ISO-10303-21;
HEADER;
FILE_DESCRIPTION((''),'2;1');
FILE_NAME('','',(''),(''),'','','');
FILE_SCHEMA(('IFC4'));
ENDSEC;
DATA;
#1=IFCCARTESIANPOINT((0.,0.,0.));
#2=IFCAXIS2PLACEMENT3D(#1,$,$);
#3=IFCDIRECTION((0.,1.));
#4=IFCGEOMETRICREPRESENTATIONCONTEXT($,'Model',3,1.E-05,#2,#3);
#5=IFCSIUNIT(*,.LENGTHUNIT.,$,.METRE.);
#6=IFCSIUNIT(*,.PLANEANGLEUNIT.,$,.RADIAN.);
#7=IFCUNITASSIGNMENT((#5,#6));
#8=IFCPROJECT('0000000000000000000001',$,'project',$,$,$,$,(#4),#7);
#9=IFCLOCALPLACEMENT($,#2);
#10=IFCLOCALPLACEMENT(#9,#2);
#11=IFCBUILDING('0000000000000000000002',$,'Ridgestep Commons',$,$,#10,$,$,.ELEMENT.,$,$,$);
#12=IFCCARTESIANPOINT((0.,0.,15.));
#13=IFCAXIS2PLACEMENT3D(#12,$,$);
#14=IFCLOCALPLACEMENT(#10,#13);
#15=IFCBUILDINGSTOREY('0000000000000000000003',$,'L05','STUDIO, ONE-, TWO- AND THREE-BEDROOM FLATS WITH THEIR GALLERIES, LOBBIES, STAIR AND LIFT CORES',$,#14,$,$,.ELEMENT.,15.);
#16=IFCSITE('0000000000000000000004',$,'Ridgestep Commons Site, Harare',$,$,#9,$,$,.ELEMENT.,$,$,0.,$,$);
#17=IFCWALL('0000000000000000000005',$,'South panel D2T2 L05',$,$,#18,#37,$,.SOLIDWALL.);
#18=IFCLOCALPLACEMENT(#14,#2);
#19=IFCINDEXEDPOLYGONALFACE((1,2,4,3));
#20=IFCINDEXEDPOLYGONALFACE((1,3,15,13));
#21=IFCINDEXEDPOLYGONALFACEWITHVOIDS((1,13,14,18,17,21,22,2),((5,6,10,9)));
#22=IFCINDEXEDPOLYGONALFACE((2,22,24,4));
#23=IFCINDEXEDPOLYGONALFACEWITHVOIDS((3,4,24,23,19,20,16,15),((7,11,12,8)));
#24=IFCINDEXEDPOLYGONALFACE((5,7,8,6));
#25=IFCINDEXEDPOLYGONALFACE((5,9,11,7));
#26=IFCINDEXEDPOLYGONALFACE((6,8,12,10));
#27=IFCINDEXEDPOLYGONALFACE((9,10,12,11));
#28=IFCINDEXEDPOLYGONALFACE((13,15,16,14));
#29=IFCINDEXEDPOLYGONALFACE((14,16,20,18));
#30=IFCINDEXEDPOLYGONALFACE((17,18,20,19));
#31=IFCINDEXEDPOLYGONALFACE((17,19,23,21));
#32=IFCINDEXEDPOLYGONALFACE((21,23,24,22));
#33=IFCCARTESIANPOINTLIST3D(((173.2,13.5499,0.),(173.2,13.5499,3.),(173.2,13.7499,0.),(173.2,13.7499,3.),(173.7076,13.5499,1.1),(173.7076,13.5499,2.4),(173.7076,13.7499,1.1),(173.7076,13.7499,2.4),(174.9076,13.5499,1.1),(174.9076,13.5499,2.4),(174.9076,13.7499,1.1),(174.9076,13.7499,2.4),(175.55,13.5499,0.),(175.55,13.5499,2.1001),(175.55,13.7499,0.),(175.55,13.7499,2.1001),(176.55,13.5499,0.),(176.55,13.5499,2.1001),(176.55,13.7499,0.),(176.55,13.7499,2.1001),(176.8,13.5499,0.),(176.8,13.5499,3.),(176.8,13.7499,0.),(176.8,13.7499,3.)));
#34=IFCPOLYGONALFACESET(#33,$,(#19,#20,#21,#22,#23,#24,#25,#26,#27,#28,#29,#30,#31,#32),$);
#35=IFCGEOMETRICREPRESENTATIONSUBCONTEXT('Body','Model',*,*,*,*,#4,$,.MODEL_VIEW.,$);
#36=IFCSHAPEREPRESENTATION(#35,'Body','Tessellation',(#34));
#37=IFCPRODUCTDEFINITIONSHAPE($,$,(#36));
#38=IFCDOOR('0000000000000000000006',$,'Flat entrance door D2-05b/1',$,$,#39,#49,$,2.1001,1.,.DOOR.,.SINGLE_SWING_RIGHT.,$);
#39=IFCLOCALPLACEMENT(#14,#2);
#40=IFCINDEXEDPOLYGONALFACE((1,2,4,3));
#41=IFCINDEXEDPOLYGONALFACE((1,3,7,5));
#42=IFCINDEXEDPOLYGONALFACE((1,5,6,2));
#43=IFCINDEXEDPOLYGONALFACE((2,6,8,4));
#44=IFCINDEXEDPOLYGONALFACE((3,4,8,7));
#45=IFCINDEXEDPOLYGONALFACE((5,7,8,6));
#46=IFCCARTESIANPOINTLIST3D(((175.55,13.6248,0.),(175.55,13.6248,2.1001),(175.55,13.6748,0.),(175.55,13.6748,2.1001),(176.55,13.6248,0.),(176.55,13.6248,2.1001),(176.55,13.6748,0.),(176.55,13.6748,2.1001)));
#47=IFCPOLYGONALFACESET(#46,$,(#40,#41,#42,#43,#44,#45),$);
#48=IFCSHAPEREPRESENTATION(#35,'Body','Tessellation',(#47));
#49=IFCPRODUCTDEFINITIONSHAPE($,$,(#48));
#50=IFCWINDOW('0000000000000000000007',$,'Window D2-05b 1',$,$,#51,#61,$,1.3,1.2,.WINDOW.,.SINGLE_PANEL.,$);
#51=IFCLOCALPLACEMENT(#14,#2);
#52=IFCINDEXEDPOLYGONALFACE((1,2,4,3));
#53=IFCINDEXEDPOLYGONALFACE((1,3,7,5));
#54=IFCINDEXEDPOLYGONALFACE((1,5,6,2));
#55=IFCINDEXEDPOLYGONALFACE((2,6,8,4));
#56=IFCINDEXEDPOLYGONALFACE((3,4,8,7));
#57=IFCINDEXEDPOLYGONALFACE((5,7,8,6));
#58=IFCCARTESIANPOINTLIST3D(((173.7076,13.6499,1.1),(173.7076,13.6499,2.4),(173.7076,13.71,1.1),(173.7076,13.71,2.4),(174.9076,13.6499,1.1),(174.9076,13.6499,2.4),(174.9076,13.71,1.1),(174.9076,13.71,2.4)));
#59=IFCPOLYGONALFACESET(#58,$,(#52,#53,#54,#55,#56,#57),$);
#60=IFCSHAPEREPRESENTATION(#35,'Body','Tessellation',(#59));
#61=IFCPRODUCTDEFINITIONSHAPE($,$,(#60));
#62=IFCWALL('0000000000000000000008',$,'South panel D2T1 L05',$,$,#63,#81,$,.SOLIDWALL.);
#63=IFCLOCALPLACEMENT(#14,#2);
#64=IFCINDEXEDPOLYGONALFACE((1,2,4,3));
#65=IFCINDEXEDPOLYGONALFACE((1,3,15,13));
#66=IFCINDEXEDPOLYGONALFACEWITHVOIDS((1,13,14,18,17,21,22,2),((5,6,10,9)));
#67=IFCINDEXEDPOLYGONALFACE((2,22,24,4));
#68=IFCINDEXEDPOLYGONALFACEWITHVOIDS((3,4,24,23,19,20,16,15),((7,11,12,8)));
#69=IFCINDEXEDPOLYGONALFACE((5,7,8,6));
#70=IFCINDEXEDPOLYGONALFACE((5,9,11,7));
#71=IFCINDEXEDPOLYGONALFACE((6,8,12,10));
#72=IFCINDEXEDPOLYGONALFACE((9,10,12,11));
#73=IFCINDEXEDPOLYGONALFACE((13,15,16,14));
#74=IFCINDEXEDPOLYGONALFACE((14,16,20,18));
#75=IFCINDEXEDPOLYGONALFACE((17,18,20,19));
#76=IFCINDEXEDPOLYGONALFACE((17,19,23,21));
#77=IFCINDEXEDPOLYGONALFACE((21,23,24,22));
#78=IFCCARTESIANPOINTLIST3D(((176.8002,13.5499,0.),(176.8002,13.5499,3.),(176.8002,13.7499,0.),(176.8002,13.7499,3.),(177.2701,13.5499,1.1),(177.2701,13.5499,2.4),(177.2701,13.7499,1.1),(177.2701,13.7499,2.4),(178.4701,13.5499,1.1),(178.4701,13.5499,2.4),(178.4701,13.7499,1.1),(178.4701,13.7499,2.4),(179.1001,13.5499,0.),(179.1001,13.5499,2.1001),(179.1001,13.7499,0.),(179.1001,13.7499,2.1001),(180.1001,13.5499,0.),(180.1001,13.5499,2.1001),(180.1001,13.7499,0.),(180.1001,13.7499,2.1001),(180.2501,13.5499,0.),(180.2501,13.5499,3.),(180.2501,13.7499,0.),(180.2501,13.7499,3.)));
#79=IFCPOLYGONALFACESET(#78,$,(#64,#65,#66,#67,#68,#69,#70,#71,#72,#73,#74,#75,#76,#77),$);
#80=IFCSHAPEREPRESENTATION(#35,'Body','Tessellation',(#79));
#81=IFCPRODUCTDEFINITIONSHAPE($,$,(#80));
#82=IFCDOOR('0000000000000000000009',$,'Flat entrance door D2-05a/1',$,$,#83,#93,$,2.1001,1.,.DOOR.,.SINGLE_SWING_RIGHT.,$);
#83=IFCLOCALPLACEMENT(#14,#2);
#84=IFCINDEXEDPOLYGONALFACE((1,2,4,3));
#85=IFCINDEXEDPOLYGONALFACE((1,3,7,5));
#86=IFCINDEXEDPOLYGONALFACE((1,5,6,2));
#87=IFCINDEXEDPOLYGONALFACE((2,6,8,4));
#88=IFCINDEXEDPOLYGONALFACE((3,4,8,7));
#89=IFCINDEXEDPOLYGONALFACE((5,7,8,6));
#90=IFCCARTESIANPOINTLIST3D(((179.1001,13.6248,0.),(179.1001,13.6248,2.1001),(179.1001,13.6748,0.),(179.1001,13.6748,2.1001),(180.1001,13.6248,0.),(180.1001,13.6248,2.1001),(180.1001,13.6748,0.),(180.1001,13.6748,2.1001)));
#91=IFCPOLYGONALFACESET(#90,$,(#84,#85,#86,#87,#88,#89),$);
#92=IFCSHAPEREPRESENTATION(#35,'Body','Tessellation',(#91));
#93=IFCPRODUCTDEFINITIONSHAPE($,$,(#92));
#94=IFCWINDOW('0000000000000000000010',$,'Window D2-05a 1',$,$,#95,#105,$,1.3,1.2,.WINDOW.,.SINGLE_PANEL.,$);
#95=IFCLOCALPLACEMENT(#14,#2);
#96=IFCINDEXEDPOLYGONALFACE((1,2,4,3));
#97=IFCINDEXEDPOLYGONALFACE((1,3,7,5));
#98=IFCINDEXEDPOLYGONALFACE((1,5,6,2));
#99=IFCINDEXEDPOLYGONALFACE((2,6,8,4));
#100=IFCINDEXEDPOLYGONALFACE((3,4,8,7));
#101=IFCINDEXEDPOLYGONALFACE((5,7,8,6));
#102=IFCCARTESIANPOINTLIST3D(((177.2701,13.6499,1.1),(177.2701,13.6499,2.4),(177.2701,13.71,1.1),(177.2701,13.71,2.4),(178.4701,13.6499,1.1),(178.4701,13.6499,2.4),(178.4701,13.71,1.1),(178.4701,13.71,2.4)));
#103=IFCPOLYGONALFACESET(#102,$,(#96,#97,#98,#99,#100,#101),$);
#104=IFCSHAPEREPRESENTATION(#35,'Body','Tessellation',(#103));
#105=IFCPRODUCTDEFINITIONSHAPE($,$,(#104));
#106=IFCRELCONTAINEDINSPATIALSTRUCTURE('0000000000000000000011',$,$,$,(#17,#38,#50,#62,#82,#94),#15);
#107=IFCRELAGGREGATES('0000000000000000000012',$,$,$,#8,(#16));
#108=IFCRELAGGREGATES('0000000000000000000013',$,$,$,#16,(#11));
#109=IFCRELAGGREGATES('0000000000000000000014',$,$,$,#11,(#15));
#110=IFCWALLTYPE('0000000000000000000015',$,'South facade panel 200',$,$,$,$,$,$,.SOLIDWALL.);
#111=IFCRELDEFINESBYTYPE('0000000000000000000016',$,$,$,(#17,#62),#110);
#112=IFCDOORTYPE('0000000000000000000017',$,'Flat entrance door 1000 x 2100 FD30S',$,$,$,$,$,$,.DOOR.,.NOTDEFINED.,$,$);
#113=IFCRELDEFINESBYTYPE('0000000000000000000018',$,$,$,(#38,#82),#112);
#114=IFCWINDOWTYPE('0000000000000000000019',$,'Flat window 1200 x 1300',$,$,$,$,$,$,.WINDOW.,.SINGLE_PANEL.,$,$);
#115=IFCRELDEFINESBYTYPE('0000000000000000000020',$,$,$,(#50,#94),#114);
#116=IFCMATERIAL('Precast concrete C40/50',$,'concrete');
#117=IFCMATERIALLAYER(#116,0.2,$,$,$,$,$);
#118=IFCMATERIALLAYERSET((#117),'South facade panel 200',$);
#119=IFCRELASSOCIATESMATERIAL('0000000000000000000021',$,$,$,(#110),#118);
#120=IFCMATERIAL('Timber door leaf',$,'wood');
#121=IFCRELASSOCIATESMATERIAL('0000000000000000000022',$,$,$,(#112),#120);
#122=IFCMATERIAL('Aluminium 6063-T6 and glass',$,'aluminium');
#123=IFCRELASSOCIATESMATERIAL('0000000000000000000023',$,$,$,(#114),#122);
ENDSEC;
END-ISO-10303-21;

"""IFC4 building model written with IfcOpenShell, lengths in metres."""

from ifc_helpers import new_model, si_unit, direction, frame, frame_2d, origin, place, context, subcontext, project, spatial, rectangle, extrude, material, layer, layer_set, type_object, element, fill, save


model = new_model("IFC4")

# Units and contexts
model_context = context("Model", 3, precision=1e-05, world=origin(), true_north=direction((0.0, 1.0)))
body_context = subcontext(model_context, "Body", "Model", "MODEL_VIEW")
ifc_project = project(units=[si_unit("LENGTHUNIT", "METRE"), si_unit("PLANEANGLEUNIT", "RADIAN")], contexts=[model_context])

# Site, building, storey
site_placement = place(None, origin())
site = spatial("IfcSite", under=ifc_project, at=site_placement, Name="Ridgestep Commons Site, Harare", CompositionType="ELEMENT", RefElevation=0.0)
building_placement = place(site_placement, origin())
building = spatial("IfcBuilding", under=site, at=building_placement, Name="Ridgestep Commons", CompositionType="ELEMENT")
storey_placement = place(building_placement, frame((0.0, 0.0, 15.0)))
storey = spatial("IfcBuildingStorey", under=building, at=storey_placement, Name="L05", Description="STUDIO, ONE-, TWO- AND THREE-BEDROOM FLATS WITH THEIR GALLERIES, LOBBIES, STAIR AND LIFT CORES", CompositionType="ELEMENT", Elevation=15.0)

# Walls, openings, doors, windows
ifc_material_1 = material(Name="Precast concrete C40/50", Category="concrete")
ifc_layer_1 = layer(ifc_material_1, 0.2)
ifc_layer_set_1 = layer_set([ifc_layer_1], Name="South facade panel 200")
wall_type_1 = type_object("IfcWallType", Name="South facade panel 200", PredefinedType="SOLIDWALL", material=ifc_layer_set_1)
wall_1_placement = place(storey_placement, frame((173.2, 13.6499, 0.0), z_axis=(0.0, 0.0, 1.0), x_axis=(1.0, 0.0, 0.0)))
wall_1 = element("IfcWall", 1, at=wall_1_placement, inside=storey, type_object=wall_type_1, Name="South panel D2T2 L05", PredefinedType="SOLIDWALL", context=body_context, shape_type="SweptSolid", body=[
    extrude(rectangle(XDim=3.6001, YDim=0.2, at=frame_2d((1.8, 0.0))), origin(), (0.0, 0.0, 1.0), 3.0),
])
opening_1_placement = place(wall_1_placement, frame((0.5076, 0.0, 1.1001)))
opening_1 = element("IfcOpeningElement", 2, at=opening_1_placement, cuts=wall_1, PredefinedType="OPENING", context=body_context, shape_type="SweptSolid", body=[
    extrude(rectangle(XDim=1.2, YDim=1.3, at=frame_2d((0.6001, 0.6499))), frame((0.0, 0.1099, 0.0), z_axis=(0.0, -1.0, 0.0), x_axis=(1.0, 0.0, 0.0)), (0.0, 0.0, 1.0), 0.22),
])
opening_2_placement = place(wall_1_placement, frame((2.3501, 0.0, 0.0)))
opening_2 = element("IfcOpeningElement", 3, at=opening_2_placement, cuts=wall_1, PredefinedType="OPENING", context=body_context, shape_type="SweptSolid", body=[
    extrude(rectangle(XDim=1.0, YDim=2.1001, at=frame_2d((0.5, 1.05))), frame((0.0, 0.1099, 0.0), z_axis=(0.0, -1.0, 0.0), x_axis=(1.0, 0.0, 0.0)), (0.0, 0.0, 1.0), 0.22),
])
ifc_material_2 = material(Name="Timber door leaf", Category="wood")
door_type_1 = type_object("IfcDoorType", Name="Flat entrance door 1000 x 2100 FD30S", OperationType="NOTDEFINED", PredefinedType="DOOR", material=ifc_material_2)
door_1_placement = place(opening_2_placement, origin())
door_1 = element("IfcDoor", 4, at=door_1_placement, inside=storey, type_object=door_type_1, Name="Flat entrance door D2-05b/1", OperationType="SINGLE_SWING_RIGHT", OverallHeight=2.1001, OverallWidth=1.0, PredefinedType="DOOR", context=body_context, shape_type="SweptSolid", body=[
    extrude(rectangle(XDim=1.0, YDim=2.1001, at=frame_2d((0.5, 1.05))), frame((0.0, 0.0249, 0.0), z_axis=(0.0, -1.0, 0.0), x_axis=(1.0, 0.0, 0.0)), (0.0, 0.0, 1.0), 0.05),
])
fill(opening_2, door_1)
ifc_material_3 = material(Name="Aluminium 6063-T6 and glass", Category="aluminium")
window_type = type_object("IfcWindowType", Name="Flat window 1200 x 1300", PartitioningType="SINGLE_PANEL", PredefinedType="WINDOW", material=ifc_material_3)
window_1_placement = place(opening_1_placement, origin())
window_1 = element("IfcWindow", 5, at=window_1_placement, inside=storey, type_object=window_type, Name="Window D2-05b 1", OverallHeight=1.3, OverallWidth=1.2, PartitioningType="SINGLE_PANEL", PredefinedType="WINDOW", context=body_context, shape_type="SweptSolid", body=[
    extrude(rectangle(XDim=1.2, YDim=1.3, at=frame_2d((0.6001, 0.6499))), frame((0.0, 0.0601, 0.0), z_axis=(0.0, -1.0, 0.0), x_axis=(1.0, 0.0, 0.0)), (0.0, 0.0, 1.0), 0.0601),
])
fill(opening_1, window_1)
wall_2_placement = place(storey_placement, frame((176.8, 13.6499, 0.0), z_axis=(0.0, 0.0, 1.0), x_axis=(1.0, 0.0, 0.0)))
wall_2 = element("IfcWall", 6, at=wall_2_placement, inside=storey, type_object=wall_type_1, Name="South panel D2T1 L05", PredefinedType="SOLIDWALL", context=body_context, shape_type="SweptSolid", body=[
    extrude(rectangle(XDim=3.45, YDim=0.2, at=frame_2d((1.7251, 0.0))), origin(), (0.0, 0.0, 1.0), 3.0),
])
opening_3_placement = place(wall_2_placement, frame((0.47, 0.0, 1.1001)))
opening_3 = element("IfcOpeningElement", 7, at=opening_3_placement, cuts=wall_2, PredefinedType="OPENING", context=body_context, shape_type="SweptSolid", body=[
    extrude(rectangle(XDim=1.2, YDim=1.3, at=frame_2d((0.6001, 0.6499))), frame((0.0, 0.1099, 0.0), z_axis=(0.0, -1.0, 0.0), x_axis=(1.0, 0.0, 0.0)), (0.0, 0.0, 1.0), 0.22),
])
opening_4_placement = place(wall_2_placement, frame((2.3, 0.0, 0.0)))
opening_4 = element("IfcOpeningElement", 8, at=opening_4_placement, cuts=wall_2, PredefinedType="OPENING", context=body_context, shape_type="SweptSolid", body=[
    extrude(rectangle(XDim=1.0, YDim=2.1001, at=frame_2d((0.5, 1.05))), frame((0.0, 0.1099, 0.0), z_axis=(0.0, -1.0, 0.0), x_axis=(1.0, 0.0, 0.0)), (0.0, 0.0, 1.0), 0.22),
])
door_2_placement = place(opening_4_placement, origin())
door_2 = element("IfcDoor", 9, at=door_2_placement, inside=storey, type_object=door_type_1, Name="Flat entrance door D2-05a/1", OperationType="SINGLE_SWING_RIGHT", OverallHeight=2.1001, OverallWidth=1.0, PredefinedType="DOOR", context=body_context, shape_type="SweptSolid", body=[
    extrude(rectangle(XDim=1.0, YDim=2.1001, at=frame_2d((0.5, 1.05))), frame((0.0, 0.0249, 0.0), z_axis=(0.0, -1.0, 0.0), x_axis=(1.0, 0.0, 0.0)), (0.0, 0.0, 1.0), 0.05),
])
fill(opening_4, door_2)
window_2_placement = place(opening_3_placement, origin())
window_2 = element("IfcWindow", 10, at=window_2_placement, inside=storey, type_object=window_type, Name="Window D2-05a 1", OverallHeight=1.3, OverallWidth=1.2, PartitioningType="SINGLE_PANEL", PredefinedType="WINDOW", context=body_context, shape_type="SweptSolid", body=[
    extrude(rectangle(XDim=1.2, YDim=1.3, at=frame_2d((0.6001, 0.6499))), frame((0.0, 0.0601, 0.0), z_axis=(0.0, -1.0, 0.0), x_axis=(1.0, 0.0, 0.0)), (0.0, 0.0, 1.0), 0.0601),
])
fill(opening_3, window_2)

save(model, "model.ifc")
